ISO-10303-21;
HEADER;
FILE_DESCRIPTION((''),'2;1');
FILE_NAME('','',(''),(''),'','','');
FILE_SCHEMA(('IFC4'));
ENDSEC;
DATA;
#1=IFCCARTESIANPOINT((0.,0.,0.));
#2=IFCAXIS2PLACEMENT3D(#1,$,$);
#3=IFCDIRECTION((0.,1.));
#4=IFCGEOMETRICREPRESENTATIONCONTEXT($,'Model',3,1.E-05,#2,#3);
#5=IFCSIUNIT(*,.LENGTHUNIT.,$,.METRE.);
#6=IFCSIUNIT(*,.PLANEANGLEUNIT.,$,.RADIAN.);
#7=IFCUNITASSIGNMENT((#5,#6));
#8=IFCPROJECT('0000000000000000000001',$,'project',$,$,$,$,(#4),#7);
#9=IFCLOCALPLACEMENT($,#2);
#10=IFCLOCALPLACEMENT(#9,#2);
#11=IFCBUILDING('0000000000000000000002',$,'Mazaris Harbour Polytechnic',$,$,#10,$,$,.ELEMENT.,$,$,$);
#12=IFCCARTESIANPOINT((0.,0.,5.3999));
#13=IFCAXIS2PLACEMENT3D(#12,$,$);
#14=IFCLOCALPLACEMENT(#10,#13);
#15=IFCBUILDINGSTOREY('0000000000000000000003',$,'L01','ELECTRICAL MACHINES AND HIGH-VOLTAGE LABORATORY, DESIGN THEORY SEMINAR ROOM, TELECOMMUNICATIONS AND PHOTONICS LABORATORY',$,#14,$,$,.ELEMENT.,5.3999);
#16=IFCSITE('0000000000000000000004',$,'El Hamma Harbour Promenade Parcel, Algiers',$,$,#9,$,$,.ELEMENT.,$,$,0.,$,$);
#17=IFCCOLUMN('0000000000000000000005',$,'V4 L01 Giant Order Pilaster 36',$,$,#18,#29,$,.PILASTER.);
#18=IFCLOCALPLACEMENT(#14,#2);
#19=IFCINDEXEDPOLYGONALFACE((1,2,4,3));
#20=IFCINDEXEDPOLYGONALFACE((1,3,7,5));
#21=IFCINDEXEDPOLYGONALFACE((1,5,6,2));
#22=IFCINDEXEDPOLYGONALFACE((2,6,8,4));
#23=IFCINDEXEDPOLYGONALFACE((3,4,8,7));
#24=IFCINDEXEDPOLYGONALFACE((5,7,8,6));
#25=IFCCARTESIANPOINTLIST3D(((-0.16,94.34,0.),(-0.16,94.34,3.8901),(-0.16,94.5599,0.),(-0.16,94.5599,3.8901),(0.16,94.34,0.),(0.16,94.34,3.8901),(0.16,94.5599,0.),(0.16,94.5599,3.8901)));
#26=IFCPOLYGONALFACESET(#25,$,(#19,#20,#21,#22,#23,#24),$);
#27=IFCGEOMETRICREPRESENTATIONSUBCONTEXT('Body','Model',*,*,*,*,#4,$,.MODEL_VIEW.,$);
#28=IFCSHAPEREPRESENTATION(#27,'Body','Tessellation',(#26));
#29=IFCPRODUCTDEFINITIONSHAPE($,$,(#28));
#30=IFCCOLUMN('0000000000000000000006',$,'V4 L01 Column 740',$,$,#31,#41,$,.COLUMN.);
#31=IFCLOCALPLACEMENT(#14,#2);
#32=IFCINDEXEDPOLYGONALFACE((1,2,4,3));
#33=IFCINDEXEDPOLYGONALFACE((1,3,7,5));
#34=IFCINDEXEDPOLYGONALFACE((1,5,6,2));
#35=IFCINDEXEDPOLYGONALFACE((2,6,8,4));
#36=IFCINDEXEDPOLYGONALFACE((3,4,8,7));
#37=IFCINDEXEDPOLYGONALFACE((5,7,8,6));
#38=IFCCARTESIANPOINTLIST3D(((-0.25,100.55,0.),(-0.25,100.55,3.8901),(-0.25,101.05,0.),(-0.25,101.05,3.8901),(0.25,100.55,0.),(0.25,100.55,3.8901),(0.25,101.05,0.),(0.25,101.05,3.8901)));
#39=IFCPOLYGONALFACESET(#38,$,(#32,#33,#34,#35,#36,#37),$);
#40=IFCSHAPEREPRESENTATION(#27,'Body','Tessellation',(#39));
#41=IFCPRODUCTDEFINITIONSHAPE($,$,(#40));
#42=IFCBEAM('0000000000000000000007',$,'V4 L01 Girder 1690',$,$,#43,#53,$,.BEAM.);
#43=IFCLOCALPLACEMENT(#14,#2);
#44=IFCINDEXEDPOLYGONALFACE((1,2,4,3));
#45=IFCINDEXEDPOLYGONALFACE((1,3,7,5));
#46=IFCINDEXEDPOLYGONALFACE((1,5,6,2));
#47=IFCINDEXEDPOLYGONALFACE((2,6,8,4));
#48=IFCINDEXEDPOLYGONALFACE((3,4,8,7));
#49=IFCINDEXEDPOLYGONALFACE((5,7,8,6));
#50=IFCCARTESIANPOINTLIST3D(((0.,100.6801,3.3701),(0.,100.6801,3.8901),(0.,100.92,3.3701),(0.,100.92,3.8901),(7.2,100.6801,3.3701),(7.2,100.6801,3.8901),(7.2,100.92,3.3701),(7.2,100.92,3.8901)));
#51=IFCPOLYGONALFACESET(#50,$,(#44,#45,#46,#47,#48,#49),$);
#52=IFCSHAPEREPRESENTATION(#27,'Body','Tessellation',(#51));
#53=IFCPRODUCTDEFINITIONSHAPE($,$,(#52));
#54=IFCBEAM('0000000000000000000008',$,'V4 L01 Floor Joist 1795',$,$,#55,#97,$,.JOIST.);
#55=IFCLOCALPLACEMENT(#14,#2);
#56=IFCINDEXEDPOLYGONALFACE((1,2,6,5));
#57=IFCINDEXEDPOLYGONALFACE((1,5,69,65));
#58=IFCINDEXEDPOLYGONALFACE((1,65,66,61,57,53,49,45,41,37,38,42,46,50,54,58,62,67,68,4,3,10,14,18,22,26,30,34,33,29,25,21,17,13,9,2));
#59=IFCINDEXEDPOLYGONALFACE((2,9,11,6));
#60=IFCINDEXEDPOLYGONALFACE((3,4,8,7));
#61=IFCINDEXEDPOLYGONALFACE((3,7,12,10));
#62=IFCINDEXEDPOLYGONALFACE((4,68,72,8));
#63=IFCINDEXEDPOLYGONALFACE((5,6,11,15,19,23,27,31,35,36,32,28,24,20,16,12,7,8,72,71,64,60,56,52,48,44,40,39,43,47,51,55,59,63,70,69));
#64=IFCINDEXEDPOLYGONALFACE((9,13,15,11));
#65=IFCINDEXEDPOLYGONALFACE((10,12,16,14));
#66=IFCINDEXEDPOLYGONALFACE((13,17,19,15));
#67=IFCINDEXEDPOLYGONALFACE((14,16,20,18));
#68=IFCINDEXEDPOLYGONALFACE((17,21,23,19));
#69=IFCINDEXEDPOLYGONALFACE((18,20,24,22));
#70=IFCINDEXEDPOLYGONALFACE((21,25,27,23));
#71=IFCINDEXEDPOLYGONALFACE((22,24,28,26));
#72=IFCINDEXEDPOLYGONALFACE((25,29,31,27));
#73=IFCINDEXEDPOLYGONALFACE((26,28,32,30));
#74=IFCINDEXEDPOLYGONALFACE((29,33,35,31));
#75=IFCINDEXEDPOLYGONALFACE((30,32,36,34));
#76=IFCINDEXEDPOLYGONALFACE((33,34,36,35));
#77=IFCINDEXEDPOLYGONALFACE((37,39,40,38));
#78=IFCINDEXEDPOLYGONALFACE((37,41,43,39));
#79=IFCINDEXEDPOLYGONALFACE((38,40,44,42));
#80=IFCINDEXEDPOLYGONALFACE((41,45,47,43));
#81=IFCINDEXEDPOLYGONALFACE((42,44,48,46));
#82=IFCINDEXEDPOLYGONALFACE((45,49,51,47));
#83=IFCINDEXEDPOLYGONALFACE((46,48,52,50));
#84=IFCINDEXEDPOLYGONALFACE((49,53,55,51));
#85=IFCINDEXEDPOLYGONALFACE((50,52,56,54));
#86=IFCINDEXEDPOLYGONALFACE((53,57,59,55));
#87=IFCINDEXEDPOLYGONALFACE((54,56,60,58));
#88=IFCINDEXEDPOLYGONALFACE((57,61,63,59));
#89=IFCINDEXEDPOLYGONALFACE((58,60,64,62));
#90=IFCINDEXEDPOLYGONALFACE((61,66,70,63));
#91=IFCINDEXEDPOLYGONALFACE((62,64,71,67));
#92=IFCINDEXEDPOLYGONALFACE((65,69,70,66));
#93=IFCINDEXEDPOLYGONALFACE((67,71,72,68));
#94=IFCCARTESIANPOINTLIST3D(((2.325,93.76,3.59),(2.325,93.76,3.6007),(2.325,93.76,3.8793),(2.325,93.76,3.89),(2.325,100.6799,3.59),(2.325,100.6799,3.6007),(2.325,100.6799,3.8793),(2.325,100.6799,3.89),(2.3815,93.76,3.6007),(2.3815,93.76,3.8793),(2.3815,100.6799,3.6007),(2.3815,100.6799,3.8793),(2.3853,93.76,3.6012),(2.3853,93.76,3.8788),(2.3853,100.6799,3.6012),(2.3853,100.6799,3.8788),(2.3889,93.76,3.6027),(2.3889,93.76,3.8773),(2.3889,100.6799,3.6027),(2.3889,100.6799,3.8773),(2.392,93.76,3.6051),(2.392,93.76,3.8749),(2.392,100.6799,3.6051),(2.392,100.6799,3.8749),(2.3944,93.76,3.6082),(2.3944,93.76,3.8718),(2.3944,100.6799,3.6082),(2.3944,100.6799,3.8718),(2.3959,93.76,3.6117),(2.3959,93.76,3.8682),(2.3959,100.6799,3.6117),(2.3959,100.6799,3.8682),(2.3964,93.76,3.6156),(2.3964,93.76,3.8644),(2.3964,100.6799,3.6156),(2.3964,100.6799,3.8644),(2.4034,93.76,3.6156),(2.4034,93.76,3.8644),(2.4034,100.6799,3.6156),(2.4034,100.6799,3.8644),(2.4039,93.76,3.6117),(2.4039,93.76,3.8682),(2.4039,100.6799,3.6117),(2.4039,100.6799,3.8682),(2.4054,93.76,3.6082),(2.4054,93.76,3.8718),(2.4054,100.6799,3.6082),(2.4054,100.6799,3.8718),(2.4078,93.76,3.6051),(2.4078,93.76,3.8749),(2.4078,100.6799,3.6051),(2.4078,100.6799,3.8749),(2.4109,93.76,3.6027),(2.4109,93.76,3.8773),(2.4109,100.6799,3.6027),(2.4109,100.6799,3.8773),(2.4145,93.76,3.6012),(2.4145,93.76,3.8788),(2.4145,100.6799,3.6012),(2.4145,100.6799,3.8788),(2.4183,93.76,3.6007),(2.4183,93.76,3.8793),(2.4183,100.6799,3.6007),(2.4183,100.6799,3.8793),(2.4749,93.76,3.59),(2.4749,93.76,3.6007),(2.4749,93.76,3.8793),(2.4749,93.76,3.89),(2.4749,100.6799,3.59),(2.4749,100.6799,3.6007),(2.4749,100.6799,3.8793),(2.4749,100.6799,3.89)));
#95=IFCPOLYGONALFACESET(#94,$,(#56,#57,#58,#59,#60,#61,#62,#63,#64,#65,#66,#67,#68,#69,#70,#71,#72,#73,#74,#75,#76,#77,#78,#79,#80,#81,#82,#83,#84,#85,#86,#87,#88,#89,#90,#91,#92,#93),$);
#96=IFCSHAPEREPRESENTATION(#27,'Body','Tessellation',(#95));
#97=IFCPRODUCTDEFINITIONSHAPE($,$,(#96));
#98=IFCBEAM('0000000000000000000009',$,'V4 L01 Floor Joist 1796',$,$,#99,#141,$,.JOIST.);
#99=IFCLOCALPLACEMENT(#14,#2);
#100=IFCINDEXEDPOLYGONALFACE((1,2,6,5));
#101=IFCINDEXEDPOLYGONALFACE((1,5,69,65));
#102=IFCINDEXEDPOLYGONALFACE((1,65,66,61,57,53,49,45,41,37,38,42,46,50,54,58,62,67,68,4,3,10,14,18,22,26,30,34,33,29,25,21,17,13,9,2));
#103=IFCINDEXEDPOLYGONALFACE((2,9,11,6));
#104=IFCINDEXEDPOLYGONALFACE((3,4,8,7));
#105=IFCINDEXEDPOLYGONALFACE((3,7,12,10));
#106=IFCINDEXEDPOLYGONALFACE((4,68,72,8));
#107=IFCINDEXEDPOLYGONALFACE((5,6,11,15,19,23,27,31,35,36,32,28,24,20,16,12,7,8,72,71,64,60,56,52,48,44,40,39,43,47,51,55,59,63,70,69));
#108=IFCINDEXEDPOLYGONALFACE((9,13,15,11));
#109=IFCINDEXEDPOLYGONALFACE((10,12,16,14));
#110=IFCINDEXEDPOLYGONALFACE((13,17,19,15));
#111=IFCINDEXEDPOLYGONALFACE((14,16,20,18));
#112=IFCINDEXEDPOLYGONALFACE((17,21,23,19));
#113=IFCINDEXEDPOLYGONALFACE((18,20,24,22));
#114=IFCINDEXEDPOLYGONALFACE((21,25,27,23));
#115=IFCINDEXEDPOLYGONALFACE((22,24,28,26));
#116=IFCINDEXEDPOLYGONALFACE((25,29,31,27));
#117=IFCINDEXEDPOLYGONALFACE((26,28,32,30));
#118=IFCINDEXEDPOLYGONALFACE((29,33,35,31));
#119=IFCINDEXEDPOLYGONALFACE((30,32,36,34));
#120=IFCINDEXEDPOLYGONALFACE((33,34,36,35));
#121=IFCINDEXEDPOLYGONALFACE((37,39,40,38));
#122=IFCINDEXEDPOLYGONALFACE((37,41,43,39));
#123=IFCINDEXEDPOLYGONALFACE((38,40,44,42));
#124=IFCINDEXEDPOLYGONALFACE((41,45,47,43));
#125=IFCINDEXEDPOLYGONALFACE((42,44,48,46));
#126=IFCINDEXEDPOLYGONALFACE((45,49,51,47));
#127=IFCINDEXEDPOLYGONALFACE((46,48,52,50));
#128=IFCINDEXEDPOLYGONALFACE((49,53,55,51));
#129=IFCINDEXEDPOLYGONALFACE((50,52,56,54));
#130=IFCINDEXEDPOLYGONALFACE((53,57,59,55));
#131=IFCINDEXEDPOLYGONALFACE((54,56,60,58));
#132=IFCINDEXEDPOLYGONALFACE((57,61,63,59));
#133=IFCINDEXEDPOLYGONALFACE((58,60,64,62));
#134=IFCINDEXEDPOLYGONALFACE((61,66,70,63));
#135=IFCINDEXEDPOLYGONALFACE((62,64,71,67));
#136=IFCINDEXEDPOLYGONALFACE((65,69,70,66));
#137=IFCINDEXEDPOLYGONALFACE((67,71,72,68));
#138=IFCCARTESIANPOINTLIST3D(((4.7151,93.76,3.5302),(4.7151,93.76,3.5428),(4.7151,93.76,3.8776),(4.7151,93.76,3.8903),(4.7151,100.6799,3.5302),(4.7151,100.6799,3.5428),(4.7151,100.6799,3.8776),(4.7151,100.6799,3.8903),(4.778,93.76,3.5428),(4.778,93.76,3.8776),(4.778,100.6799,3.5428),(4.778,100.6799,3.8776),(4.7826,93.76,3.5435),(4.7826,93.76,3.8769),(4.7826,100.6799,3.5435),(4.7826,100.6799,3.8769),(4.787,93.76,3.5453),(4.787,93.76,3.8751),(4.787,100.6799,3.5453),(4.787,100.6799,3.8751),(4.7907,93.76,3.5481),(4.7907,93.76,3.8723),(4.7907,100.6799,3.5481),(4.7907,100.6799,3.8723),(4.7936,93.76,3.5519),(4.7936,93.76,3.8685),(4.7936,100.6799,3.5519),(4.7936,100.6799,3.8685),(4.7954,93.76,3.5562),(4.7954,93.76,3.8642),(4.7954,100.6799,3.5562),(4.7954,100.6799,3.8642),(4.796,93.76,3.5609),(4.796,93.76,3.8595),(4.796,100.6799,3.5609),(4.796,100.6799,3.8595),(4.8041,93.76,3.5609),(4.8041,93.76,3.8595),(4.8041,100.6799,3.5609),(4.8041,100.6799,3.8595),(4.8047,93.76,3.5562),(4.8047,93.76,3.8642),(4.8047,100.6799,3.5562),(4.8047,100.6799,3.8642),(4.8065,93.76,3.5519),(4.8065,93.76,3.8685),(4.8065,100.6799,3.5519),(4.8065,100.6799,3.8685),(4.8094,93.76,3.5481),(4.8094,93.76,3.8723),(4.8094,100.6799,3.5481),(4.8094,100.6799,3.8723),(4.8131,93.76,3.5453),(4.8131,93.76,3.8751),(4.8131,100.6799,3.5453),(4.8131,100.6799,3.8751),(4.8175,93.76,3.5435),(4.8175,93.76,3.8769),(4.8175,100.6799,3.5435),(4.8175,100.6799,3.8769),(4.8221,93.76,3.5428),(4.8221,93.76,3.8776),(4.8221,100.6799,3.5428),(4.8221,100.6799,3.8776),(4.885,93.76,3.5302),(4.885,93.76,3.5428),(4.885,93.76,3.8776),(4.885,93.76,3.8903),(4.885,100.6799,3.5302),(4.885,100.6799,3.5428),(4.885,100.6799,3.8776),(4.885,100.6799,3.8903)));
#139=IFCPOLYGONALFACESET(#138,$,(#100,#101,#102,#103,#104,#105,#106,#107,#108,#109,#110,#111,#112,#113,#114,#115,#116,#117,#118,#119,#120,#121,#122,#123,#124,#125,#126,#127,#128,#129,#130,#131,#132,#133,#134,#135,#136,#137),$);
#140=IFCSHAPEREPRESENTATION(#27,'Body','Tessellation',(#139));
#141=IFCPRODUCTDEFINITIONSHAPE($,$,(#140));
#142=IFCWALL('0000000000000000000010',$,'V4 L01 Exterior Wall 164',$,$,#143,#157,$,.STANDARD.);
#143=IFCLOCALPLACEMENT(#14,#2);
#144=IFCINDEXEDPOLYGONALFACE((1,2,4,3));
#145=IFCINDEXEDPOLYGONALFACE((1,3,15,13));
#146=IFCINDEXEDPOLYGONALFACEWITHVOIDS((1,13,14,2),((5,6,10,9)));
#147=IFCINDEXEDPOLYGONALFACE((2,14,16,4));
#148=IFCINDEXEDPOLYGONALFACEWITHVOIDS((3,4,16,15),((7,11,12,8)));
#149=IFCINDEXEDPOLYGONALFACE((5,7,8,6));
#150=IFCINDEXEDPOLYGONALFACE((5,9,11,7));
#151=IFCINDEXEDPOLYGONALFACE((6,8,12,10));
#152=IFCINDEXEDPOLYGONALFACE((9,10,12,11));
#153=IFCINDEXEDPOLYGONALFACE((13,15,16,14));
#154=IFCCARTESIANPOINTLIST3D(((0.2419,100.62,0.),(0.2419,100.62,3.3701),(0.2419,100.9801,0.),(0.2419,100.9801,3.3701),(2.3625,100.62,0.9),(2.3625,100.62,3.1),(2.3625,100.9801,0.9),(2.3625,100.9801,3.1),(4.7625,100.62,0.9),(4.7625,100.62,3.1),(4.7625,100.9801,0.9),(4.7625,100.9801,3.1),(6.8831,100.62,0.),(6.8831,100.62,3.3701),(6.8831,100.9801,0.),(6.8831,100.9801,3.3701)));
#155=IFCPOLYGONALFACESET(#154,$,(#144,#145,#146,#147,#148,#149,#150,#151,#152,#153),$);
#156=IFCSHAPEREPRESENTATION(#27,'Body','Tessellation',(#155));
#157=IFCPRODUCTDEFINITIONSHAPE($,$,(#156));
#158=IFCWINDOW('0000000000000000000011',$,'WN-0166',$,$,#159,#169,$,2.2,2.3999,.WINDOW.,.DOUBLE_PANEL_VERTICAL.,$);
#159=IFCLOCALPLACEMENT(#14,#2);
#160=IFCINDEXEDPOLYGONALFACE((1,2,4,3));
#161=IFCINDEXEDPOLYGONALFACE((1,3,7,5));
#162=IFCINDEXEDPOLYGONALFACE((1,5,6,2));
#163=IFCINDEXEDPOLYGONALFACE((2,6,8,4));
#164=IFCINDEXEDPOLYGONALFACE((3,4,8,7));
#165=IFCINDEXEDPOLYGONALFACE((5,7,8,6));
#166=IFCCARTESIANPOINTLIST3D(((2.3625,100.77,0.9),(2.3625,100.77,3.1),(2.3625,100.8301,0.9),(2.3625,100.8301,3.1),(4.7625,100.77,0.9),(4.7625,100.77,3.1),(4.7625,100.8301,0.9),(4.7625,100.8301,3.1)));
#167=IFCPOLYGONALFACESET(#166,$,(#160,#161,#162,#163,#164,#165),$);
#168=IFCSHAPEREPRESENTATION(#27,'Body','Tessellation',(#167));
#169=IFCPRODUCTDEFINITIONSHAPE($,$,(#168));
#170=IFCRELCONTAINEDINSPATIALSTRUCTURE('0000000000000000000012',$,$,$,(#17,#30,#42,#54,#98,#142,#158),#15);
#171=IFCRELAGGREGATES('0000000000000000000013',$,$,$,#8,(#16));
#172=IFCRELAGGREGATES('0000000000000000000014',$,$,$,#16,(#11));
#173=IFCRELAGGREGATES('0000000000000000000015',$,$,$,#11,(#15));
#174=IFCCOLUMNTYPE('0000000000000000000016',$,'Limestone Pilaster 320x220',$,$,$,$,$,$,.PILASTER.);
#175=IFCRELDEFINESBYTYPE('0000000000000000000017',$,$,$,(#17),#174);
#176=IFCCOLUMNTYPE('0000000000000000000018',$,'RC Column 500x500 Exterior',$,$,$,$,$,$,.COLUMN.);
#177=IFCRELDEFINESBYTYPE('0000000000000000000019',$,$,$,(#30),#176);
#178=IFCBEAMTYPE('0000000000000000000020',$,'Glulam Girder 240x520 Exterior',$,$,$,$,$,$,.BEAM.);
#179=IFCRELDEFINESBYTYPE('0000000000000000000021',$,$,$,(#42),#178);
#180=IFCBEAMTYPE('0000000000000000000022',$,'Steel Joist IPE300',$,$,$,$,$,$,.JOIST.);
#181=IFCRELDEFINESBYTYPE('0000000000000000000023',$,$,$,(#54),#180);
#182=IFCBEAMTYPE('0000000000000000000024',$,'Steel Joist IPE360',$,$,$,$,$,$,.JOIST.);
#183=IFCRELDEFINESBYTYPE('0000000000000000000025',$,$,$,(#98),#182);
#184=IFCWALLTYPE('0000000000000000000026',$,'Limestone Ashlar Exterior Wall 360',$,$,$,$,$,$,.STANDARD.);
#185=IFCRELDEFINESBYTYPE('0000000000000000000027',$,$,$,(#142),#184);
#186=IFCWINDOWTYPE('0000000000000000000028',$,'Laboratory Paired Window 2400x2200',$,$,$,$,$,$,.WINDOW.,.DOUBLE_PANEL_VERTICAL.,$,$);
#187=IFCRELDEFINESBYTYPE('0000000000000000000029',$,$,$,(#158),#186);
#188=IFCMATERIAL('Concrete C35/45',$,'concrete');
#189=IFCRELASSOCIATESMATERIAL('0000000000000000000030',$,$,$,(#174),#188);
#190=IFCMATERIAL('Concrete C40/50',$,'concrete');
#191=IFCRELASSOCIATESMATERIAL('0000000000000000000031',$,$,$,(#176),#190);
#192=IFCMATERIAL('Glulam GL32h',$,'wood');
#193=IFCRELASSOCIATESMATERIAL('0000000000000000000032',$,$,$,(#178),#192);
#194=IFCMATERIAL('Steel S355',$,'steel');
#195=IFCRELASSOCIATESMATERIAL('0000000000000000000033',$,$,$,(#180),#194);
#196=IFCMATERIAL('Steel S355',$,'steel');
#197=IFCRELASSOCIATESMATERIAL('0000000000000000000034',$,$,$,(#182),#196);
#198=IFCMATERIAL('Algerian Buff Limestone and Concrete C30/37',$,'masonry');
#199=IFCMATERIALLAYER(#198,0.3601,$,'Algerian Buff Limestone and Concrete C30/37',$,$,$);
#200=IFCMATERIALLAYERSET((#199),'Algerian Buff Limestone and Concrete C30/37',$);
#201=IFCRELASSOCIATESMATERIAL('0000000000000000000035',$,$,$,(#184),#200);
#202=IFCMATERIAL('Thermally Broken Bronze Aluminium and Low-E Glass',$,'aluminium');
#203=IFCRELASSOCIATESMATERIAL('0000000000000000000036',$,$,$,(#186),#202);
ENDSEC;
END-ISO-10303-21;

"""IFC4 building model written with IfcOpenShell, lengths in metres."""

from ifc_helpers import new_model, si_unit, direction, frame, frame_2d, origin, origin_2d, place, context, subcontext, project, spatial, rectangle, i_section, extrude, material, layer, layer_set, material_profile, profile_set, type_object, element, fill, save


model = new_model("IFC4")

# Units and contexts
model_context = context("Model", 3, precision=1e-05, world=origin(), true_north=direction((0.0, 1.0)))
body_context = subcontext(model_context, "Body", "Model", "MODEL_VIEW")
ifc_project = project(units=[si_unit("LENGTHUNIT", "METRE"), si_unit("PLANEANGLEUNIT", "RADIAN")], contexts=[model_context])

# Site, building, storey
site_placement = place(None, origin())
site = spatial("IfcSite", under=ifc_project, at=site_placement, Name="El Hamma Harbour Promenade Parcel, Algiers", CompositionType="ELEMENT", RefElevation=0.0)
building_placement = place(site_placement, origin())
building = spatial("IfcBuilding", under=site, at=building_placement, Name="Mazaris Harbour Polytechnic", CompositionType="ELEMENT")
storey_placement = place(building_placement, frame((0.0, 0.0, 5.3999)))
storey = spatial("IfcBuildingStorey", under=building, at=storey_placement, Name="L01", Description="ELECTRICAL MACHINES AND HIGH-VOLTAGE LABORATORY, DESIGN THEORY SEMINAR ROOM, TELECOMMUNICATIONS AND PHOTONICS LABORATORY", CompositionType="ELEMENT", Elevation=5.3999)

# Columns
ifc_material_1 = material(Name="Concrete C35/45", Category="concrete")
ifc_material_profile_1 = material_profile(ifc_material_1, rectangle(XDim=0.3201, YDim=0.22, at=origin_2d()), Name="RECT320x220")
ifc_profile_set_1 = profile_set([ifc_material_profile_1], Name="Concrete C35/45")
column_type_1 = type_object("IfcColumnType", Name="Limestone Pilaster 320x220", PredefinedType="PILASTER", material=ifc_profile_set_1)
column_1_placement = place(storey_placement, frame((0.0, 94.45, 0.0), z_axis=(0.0, 0.0, 1.0), x_axis=(1.0, 0.0, 0.0)))
element("IfcColumn", 1, at=column_1_placement, inside=storey, type_object=column_type_1, Name="V4 L01 Giant Order Pilaster 36", PredefinedType="PILASTER", context=body_context, shape_type="SweptSolid", body=[
    extrude(rectangle(XDim=0.3201, YDim=0.22, at=origin_2d()), origin(), (0.0, 0.0, 1.0), 3.8901),
])
ifc_material_2 = material(Name="Concrete C40/50", Category="concrete")
ifc_material_profile_2 = material_profile(ifc_material_2, rectangle(XDim=0.5, YDim=0.5, at=origin_2d()), Name="RECT500x500")
ifc_profile_set_2 = profile_set([ifc_material_profile_2], Name="Concrete C40/50")
column_type_2 = type_object("IfcColumnType", Name="RC Column 500x500 Exterior", PredefinedType="COLUMN", material=ifc_profile_set_2)
column_2_placement = place(storey_placement, frame((0.0, 100.8, 0.0), z_axis=(0.0, 0.0, 1.0), x_axis=(1.0, 0.0, 0.0)))
element("IfcColumn", 2, at=column_2_placement, inside=storey, type_object=column_type_2, Name="V4 L01 Column 740", PredefinedType="COLUMN", context=body_context, shape_type="SweptSolid", body=[
    extrude(rectangle(XDim=0.5, YDim=0.5, at=origin_2d()), origin(), (0.0, 0.0, 1.0), 3.8901),
])

# Beams
ifc_material_3 = material(Name="Glulam GL32h", Category="wood")
ifc_material_profile_3 = material_profile(ifc_material_3, rectangle(XDim=0.24, YDim=0.52, at=origin_2d()), Name="RECT240x520")
ifc_profile_set_3 = profile_set([ifc_material_profile_3], Name="Glulam GL32h")
beam_type_1 = type_object("IfcBeamType", Name="Glulam Girder 240x520 Exterior", PredefinedType="BEAM", material=ifc_profile_set_3)
beam_1_placement = place(storey_placement, frame((0.0, 100.8, 3.6301), z_axis=(1.0, 0.0, 0.0), x_axis=(0.0, 1.0, 0.0)))
element("IfcBeam", 3, at=beam_1_placement, inside=storey, type_object=beam_type_1, Name="V4 L01 Girder 1690", PredefinedType="BEAM", context=body_context, shape_type="SweptSolid", body=[
    extrude(rectangle(XDim=0.24, YDim=0.52, at=origin_2d()), origin(), (0.0, 0.0, 1.0), 7.2),
])
ifc_material_4 = material(Name="Steel S355", Category="steel")
ifc_material_profile_4 = material_profile(ifc_material_4, i_section(OverallWidth=0.1499, OverallDepth=0.3, WebThickness=0.0071, FlangeThickness=0.0107, FilletRadius=0.0149, at=origin_2d()), Name="IPE 300")
ifc_profile_set_4 = profile_set([ifc_material_profile_4], Name="Steel S355")
beam_type_2 = type_object("IfcBeamType", Name="Steel Joist IPE300", PredefinedType="JOIST", material=ifc_profile_set_4)
beam_2_placement = place(storey_placement, frame((2.3999, 93.76, 3.74), z_axis=(0.0, 1.0, 0.0), x_axis=(-1.0, 0.0, 0.0)))
element("IfcBeam", 4, at=beam_2_placement, inside=storey, type_object=beam_type_2, Name="V4 L01 Floor Joist 1795", PredefinedType="JOIST", context=body_context, shape_type="SweptSolid", body=[
    extrude(i_section(OverallWidth=0.1499, OverallDepth=0.3, WebThickness=0.0071, FlangeThickness=0.0107, FilletRadius=0.0149, at=origin_2d()), origin(), (0.0, 0.0, 1.0), 6.9199),
])
ifc_material_5 = material(Name="Steel S355", Category="steel")
ifc_material_profile_5 = material_profile(ifc_material_5, i_section(OverallWidth=0.1699, OverallDepth=0.3601, WebThickness=0.0081, FlangeThickness=0.0127, FilletRadius=0.0181, at=origin_2d()), Name="IPE 360")
ifc_profile_set_5 = profile_set([ifc_material_profile_5], Name="Steel S355")
beam_type_3 = type_object("IfcBeamType", Name="Steel Joist IPE360", PredefinedType="JOIST", material=ifc_profile_set_5)
beam_3_placement = place(storey_placement, frame((4.8, 93.76, 3.7102), z_axis=(0.0, 1.0, 0.0), x_axis=(-1.0, 0.0, 0.0)))
element("IfcBeam", 5, at=beam_3_placement, inside=storey, type_object=beam_type_3, Name="V4 L01 Floor Joist 1796", PredefinedType="JOIST", context=body_context, shape_type="SweptSolid", body=[
    extrude(i_section(OverallWidth=0.1699, OverallDepth=0.3601, WebThickness=0.0081, FlangeThickness=0.0127, FilletRadius=0.0181, at=origin_2d()), origin(), (0.0, 0.0, 1.0), 6.9199),
])

# Wall, opening, window
ifc_material_6 = material(Name="Algerian Buff Limestone and Concrete C30/37", Category="masonry")
ifc_layer = layer(ifc_material_6, 0.3601, Name="Algerian Buff Limestone and Concrete C30/37")
ifc_layer_set = layer_set([ifc_layer], Name="Algerian Buff Limestone and Concrete C30/37")
wall_type = type_object("IfcWallType", Name="Limestone Ashlar Exterior Wall 360", PredefinedType="STANDARD", material=ifc_layer_set)
wall_1_placement = place(storey_placement, frame((0.2419, 100.8, 0.0), z_axis=(0.0, 0.0, 1.0), x_axis=(1.0, 0.0, 0.0)))
wall_1 = element("IfcWall", 6, at=wall_1_placement, inside=storey, type_object=wall_type, Name="V4 L01 Exterior Wall 164", PredefinedType="STANDARD", context=body_context, shape_type="SweptSolid", body=[
    extrude(rectangle(XDim=6.6411, YDim=0.3601, at=frame_2d((3.3206, 0.0))), origin(), (0.0, 0.0, 1.0), 3.3701),
])
opening_1_placement = place(wall_1_placement, frame((2.1206, 0.0, 0.8999)))
opening_1 = element("IfcOpeningElement", 7, at=opening_1_placement, cuts=wall_1, PredefinedType="OPENING", context=body_context, shape_type="SweptSolid", body=[
    extrude(rectangle(XDim=2.3999, YDim=2.2, at=frame_2d((1.2, 1.1001))), frame((0.0, 0.1899, 0.0), z_axis=(0.0, -1.0, 0.0), x_axis=(1.0, 0.0, 0.0)), (0.0, 0.0, 1.0), 0.3801),
])
ifc_material_7 = material(Name="Thermally Broken Bronze Aluminium and Low-E Glass", Category="aluminium")
window_type_1 = type_object("IfcWindowType", Name="Laboratory Paired Window 2400x2200", PartitioningType="DOUBLE_PANEL_VERTICAL", PredefinedType="WINDOW", material=ifc_material_7)
window_1_placement = place(opening_1_placement, origin())
window_1 = element("IfcWindow", 8, at=window_1_placement, inside=storey, type_object=window_type_1, Name="WN-0166", OverallHeight=2.2, OverallWidth=2.3999, PartitioningType="DOUBLE_PANEL_VERTICAL", PredefinedType="WINDOW", context=body_context, shape_type="SweptSolid", body=[
    extrude(rectangle(XDim=2.3999, YDim=2.2, at=frame_2d((1.2, 1.1001))), frame((0.0, 0.03, 0.0), z_axis=(0.0, -1.0, 0.0), x_axis=(1.0, 0.0, 0.0)), (0.0, 0.0, 1.0), 0.0601),
])
fill(opening_1, window_1)

save(model, "model.ifc")
